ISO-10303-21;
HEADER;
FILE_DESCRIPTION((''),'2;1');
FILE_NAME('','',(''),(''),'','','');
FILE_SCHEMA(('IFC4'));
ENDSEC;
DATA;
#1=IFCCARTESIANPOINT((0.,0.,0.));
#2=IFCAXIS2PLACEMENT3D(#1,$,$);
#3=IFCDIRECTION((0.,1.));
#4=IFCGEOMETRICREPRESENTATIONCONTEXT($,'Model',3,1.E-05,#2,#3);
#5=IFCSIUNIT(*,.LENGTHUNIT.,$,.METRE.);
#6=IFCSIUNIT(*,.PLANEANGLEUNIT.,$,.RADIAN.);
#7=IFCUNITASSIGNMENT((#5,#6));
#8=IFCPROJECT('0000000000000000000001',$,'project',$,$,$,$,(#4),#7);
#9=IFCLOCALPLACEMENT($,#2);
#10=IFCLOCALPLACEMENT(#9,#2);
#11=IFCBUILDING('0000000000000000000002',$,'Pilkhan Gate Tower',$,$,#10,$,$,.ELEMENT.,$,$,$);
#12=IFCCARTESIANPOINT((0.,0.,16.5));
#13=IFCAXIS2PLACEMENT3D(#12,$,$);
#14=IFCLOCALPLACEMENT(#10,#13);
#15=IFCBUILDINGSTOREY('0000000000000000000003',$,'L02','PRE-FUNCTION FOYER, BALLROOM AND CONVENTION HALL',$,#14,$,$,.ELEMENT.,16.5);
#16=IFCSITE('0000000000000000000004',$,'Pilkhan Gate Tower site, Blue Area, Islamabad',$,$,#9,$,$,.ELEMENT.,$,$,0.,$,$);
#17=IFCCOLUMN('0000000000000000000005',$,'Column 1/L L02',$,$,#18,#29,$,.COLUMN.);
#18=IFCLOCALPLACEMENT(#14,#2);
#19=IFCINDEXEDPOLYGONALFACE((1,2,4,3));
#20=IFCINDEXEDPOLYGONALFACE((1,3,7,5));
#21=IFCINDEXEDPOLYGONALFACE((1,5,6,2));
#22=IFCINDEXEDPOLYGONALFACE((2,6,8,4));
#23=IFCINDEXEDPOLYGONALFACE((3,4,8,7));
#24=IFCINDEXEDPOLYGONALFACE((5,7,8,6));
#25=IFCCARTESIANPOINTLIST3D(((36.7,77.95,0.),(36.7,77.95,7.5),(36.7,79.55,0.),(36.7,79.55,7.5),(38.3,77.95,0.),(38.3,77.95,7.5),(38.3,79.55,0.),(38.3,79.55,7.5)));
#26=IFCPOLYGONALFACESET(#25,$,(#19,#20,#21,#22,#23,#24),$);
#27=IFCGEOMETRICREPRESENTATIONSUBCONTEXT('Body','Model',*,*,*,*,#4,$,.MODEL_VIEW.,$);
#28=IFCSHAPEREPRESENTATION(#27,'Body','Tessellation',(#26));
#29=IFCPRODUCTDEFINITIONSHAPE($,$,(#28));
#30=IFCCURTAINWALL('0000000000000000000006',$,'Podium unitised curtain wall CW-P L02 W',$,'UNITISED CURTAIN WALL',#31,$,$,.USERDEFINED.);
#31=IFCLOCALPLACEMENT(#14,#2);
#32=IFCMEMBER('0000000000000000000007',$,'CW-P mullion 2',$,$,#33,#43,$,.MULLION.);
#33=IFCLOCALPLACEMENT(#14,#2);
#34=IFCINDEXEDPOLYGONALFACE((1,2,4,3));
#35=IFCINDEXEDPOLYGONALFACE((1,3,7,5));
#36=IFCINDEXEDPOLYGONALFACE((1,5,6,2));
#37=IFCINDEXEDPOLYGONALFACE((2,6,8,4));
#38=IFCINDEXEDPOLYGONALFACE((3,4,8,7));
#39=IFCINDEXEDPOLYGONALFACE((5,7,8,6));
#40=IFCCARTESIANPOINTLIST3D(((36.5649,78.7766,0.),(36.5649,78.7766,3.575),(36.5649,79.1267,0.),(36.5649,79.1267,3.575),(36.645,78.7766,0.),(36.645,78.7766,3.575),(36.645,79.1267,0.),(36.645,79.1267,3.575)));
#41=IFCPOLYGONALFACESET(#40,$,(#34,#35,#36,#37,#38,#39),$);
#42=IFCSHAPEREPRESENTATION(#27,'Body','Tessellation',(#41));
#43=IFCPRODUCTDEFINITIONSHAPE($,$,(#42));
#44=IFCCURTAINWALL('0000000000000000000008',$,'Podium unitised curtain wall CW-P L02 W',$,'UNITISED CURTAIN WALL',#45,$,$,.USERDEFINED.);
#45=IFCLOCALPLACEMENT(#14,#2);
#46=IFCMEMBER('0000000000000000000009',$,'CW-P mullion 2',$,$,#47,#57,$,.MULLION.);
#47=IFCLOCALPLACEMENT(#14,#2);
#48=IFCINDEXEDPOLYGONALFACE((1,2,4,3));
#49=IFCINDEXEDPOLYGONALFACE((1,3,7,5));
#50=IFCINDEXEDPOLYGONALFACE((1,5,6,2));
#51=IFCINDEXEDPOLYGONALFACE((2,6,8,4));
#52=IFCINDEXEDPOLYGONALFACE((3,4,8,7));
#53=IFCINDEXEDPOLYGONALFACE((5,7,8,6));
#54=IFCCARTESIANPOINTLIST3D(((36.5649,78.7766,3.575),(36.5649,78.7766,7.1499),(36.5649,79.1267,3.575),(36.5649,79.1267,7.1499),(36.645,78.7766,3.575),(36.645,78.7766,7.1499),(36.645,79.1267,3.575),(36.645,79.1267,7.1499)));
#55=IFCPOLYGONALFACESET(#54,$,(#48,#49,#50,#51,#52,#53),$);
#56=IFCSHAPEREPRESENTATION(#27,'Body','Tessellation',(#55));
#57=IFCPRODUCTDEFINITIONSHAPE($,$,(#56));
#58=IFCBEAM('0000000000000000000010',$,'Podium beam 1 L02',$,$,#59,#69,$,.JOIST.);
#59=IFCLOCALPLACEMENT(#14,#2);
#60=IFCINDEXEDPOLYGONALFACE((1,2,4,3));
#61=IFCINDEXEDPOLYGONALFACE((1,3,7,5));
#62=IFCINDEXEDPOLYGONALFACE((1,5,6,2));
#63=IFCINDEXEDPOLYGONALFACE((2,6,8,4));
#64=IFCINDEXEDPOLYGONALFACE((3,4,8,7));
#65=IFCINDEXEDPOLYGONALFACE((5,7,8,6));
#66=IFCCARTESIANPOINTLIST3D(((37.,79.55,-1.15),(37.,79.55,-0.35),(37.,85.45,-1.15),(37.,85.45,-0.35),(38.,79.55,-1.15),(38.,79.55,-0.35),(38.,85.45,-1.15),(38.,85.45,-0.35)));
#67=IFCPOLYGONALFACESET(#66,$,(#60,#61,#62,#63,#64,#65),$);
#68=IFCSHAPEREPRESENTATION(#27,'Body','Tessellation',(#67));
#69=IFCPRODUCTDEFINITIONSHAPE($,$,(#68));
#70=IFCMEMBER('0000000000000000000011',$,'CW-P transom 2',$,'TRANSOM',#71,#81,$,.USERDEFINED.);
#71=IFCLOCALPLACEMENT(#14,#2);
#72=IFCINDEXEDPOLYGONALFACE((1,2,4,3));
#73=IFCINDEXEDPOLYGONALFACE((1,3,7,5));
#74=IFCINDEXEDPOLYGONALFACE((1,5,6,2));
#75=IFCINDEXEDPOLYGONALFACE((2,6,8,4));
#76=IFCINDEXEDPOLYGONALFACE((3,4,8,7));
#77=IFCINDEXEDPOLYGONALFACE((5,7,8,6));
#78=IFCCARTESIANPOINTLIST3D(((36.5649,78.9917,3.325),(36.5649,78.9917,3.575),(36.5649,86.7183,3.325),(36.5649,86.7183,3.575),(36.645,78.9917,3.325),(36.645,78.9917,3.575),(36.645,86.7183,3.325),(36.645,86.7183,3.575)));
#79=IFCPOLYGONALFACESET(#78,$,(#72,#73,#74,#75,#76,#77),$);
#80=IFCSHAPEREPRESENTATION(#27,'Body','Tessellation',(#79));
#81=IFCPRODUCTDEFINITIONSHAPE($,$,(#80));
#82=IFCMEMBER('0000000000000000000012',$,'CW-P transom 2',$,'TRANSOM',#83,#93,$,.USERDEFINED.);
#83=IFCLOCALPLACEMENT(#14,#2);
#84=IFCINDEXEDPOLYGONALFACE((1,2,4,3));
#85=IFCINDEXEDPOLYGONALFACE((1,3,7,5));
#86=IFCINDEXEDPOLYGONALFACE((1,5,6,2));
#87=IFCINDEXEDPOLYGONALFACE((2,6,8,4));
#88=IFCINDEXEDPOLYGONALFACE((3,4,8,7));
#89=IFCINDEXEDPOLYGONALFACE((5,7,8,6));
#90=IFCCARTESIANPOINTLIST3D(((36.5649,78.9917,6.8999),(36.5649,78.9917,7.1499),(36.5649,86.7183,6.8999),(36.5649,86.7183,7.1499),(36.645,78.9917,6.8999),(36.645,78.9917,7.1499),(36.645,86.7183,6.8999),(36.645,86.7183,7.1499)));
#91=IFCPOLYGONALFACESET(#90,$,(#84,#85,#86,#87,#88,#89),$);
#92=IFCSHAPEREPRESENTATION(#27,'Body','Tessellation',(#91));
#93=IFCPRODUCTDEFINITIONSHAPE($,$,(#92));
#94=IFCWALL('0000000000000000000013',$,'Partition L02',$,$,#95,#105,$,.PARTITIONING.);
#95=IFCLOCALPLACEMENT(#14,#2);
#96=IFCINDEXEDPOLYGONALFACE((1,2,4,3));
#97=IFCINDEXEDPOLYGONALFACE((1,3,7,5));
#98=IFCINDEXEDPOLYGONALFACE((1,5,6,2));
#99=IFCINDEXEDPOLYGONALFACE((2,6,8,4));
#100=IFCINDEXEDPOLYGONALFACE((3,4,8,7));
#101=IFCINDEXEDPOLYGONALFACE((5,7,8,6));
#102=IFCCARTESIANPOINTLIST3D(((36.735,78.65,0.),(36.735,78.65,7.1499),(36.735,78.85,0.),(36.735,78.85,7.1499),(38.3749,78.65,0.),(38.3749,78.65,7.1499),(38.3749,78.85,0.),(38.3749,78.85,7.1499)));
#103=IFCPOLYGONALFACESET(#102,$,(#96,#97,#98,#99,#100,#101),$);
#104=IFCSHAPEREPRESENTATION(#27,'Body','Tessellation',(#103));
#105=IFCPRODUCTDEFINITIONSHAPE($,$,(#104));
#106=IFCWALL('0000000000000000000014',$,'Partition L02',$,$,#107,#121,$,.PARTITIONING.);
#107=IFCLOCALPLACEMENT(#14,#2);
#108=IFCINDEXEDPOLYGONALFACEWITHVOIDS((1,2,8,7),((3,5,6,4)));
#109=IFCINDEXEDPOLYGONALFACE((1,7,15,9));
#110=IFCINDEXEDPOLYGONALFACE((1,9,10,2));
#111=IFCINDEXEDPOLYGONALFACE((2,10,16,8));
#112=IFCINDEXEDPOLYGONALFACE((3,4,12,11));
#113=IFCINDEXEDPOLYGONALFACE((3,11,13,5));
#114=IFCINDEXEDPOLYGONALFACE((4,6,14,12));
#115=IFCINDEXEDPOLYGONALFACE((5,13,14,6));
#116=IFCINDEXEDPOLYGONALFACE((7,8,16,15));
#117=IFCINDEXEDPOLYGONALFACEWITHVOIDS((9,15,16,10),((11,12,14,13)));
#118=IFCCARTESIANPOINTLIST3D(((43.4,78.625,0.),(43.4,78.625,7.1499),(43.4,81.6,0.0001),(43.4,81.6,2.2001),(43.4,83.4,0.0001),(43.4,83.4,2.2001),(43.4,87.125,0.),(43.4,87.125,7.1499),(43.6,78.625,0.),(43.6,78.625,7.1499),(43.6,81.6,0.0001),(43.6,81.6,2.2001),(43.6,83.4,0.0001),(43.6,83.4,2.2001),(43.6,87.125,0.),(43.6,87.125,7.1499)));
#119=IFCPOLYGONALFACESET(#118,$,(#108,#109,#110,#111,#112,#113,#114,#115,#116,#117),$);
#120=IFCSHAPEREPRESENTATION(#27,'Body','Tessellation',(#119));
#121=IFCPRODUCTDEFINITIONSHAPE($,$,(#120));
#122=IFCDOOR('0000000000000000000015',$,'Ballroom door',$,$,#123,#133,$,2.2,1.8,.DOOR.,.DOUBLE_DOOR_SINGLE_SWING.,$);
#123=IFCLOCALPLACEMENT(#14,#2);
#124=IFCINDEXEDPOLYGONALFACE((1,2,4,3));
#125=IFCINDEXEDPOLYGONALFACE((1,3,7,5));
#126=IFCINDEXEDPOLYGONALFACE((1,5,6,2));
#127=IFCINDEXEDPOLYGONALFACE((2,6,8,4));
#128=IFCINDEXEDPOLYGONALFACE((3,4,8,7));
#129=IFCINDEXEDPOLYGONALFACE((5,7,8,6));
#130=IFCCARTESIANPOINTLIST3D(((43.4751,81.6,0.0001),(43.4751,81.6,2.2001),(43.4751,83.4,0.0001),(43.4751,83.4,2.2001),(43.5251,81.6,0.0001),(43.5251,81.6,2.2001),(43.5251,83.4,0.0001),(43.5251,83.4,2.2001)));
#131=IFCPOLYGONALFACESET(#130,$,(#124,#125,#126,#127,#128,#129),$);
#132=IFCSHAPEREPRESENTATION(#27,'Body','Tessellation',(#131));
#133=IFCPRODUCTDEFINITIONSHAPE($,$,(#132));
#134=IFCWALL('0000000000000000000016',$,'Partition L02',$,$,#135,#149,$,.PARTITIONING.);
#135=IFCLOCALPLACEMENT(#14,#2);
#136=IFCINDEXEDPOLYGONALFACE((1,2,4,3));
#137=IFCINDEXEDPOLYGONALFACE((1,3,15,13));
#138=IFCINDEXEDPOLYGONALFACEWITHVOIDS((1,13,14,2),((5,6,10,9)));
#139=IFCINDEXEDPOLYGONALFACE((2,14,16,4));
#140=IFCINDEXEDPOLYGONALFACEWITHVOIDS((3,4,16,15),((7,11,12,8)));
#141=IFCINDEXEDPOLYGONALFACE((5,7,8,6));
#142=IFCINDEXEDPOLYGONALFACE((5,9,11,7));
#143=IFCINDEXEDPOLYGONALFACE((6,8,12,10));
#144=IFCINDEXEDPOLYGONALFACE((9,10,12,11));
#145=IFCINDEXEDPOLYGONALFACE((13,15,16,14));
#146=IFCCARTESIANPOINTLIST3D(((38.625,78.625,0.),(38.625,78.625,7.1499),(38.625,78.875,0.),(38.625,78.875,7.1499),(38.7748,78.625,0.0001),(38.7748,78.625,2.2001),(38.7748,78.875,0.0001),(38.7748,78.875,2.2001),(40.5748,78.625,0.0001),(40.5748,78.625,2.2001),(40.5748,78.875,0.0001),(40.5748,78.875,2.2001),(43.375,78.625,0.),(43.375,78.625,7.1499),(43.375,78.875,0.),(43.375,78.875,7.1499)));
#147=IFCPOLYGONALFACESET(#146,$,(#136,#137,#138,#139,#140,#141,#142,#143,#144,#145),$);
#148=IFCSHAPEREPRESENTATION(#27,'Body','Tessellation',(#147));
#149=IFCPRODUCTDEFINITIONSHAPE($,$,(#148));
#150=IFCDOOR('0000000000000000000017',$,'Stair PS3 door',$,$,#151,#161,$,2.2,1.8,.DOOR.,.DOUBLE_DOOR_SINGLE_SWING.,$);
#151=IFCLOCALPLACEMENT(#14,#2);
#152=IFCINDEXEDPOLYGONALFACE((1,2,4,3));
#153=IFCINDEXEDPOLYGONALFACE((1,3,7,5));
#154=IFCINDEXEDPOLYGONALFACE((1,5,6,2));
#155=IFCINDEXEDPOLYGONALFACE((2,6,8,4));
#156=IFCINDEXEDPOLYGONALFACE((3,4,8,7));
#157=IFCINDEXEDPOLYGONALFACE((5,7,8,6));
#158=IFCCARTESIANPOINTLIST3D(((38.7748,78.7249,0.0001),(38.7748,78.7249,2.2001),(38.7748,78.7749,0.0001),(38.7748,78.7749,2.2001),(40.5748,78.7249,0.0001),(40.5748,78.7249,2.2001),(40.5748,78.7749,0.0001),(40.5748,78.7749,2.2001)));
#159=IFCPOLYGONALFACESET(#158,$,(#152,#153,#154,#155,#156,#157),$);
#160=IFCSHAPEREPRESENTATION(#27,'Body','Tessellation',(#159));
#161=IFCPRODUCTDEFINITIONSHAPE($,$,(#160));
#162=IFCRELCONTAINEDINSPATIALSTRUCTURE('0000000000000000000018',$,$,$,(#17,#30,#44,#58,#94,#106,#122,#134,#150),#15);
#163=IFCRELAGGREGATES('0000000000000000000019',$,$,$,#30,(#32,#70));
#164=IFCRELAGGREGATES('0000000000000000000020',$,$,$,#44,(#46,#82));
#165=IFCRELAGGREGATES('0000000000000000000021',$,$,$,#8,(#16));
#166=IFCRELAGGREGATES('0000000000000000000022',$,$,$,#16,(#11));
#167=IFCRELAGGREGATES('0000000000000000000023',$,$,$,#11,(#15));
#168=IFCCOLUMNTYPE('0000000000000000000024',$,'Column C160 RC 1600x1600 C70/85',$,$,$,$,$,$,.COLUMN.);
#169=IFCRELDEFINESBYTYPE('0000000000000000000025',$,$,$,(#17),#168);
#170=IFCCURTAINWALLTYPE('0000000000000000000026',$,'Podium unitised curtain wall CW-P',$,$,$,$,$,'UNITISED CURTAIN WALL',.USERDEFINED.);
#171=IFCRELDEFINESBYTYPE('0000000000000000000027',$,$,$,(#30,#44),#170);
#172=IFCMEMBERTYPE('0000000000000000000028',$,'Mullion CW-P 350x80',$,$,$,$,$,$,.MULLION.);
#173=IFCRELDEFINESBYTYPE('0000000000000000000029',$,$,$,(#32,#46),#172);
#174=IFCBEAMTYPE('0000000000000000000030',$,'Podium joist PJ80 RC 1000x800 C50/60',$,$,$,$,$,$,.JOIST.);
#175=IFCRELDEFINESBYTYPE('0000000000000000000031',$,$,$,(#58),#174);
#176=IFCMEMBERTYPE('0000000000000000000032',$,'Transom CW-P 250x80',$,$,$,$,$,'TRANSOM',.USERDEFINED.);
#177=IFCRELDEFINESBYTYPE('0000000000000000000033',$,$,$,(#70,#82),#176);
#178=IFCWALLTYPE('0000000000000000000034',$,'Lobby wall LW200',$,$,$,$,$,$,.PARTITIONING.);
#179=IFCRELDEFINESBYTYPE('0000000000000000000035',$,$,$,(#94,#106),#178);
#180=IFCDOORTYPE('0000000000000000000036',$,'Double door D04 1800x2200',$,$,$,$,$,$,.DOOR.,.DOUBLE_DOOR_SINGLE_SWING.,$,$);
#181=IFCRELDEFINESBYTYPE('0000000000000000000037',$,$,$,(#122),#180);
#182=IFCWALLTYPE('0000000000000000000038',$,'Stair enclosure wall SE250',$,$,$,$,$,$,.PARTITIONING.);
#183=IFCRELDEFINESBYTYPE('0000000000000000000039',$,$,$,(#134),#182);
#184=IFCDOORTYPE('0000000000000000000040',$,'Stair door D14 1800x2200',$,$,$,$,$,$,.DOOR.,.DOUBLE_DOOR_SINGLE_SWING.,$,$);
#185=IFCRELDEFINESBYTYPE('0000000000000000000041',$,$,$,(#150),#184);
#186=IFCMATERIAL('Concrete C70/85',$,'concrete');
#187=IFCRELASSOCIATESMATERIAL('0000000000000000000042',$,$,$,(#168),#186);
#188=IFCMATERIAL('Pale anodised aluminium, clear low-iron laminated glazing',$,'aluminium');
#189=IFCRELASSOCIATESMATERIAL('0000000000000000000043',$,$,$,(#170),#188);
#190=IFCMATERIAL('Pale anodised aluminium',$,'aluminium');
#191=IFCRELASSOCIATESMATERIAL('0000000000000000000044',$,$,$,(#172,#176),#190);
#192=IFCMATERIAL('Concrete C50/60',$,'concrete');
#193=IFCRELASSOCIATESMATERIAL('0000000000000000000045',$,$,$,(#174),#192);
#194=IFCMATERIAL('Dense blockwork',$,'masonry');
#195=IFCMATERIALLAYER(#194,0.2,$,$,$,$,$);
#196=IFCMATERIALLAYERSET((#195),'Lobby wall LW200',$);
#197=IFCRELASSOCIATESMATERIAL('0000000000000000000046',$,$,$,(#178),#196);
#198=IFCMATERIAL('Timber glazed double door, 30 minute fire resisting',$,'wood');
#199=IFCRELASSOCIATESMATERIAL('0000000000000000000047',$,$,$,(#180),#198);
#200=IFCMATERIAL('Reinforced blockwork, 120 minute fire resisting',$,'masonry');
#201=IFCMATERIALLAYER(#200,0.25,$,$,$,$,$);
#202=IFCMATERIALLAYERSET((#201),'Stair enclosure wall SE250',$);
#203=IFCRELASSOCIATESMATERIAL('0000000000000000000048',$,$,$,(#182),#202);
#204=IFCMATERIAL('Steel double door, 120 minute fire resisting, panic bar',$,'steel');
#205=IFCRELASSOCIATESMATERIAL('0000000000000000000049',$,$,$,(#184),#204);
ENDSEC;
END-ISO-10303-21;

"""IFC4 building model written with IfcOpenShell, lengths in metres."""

from ifc_helpers import new_model, si_unit, direction, frame, frame_2d, origin, origin_2d, place, context, subcontext, project, spatial, rectangle, extrude, material, layer, layer_set, material_profile, profile_set, type_object, element, fill, aggregate, save


model = new_model("IFC4")

# Units and contexts
model_context = context("Model", 3, precision=1e-05, world=origin(), true_north=direction((0.0, 1.0)))
body_context = subcontext(model_context, "Body", "Model", "MODEL_VIEW")
ifc_project = project(units=[si_unit("LENGTHUNIT", "METRE"), si_unit("PLANEANGLEUNIT", "RADIAN")], contexts=[model_context])

# Site, building, storey
site_placement = place(None, origin())
site = spatial("IfcSite", under=ifc_project, at=site_placement, Name="Pilkhan Gate Tower site, Blue Area, Islamabad", CompositionType="ELEMENT", RefElevation=0.0)
building_placement = place(site_placement, origin())
building = spatial("IfcBuilding", under=site, at=building_placement, Name="Pilkhan Gate Tower", CompositionType="ELEMENT")
storey_placement = place(building_placement, frame((0.0, 0.0, 16.5)))
storey = spatial("IfcBuildingStorey", under=building, at=storey_placement, Name="L02", Description="PRE-FUNCTION FOYER, BALLROOM AND CONVENTION HALL", CompositionType="ELEMENT", Elevation=16.5)

# Column
ifc_material_1 = material(Name="Concrete C70/85", Category="concrete")
ifc_material_profile_1 = material_profile(ifc_material_1, rectangle(XDim=1.6001, YDim=1.6001, at=origin_2d()), Name="RC 1600x1600")
ifc_profile_set_1 = profile_set([ifc_material_profile_1], Name="Concrete C70/85")
column_type = type_object("IfcColumnType", Name="Column C160 RC 1600x1600 C70/85", PredefinedType="COLUMN", material=ifc_profile_set_1)
column_placement = place(storey_placement, frame((37.5, 78.75, 0.0), z_axis=(0.0, 0.0, 1.0), x_axis=(1.0, 0.0, 0.0)))
element("IfcColumn", 1, at=column_placement, inside=storey, type_object=column_type, Name="Column 1/L L02", PredefinedType="COLUMN", context=body_context, shape_type="SweptSolid", body=[
    extrude(rectangle(XDim=1.6001, YDim=1.6001, at=origin_2d()), origin(), (0.0, 0.0, 1.0), 7.5),
])

# Curtain walls, members
ifc_material_2 = material(Name="Pale anodised aluminium, clear low-iron laminated glazing", Category="aluminium")
curtain_wall_type = type_object("IfcCurtainWallType", Name="Podium unitised curtain wall CW-P", ElementType="UNITISED CURTAIN WALL", PredefinedType="USERDEFINED", material=ifc_material_2)
curtain_wall_1_placement = place(storey_placement, origin())
curtain_wall_1 = element("IfcCurtainWall", 2, at=curtain_wall_1_placement, inside=storey, type_object=curtain_wall_type, Name="Podium unitised curtain wall CW-P L02 W", ObjectType="UNITISED CURTAIN WALL", PredefinedType="USERDEFINED")
ifc_material_3 = material(Name="Pale anodised aluminium", Category="aluminium")
ifc_material_profile_2 = material_profile(ifc_material_3, rectangle(XDim=0.0801, YDim=0.3501, at=origin_2d()), Name="Mullion 350x80")
ifc_profile_set_2 = profile_set([ifc_material_profile_2], Name="Pale anodised aluminium")
member_type_1 = type_object("IfcMemberType", Name="Mullion CW-P 350x80", PredefinedType="MULLION", material=ifc_profile_set_2)
member_1_placement = place(storey_placement, frame((36.605, 78.9517, 0.0), z_axis=(0.0, 0.0, 1.0), x_axis=(-1.0, 0.0, 0.0)))
member_1 = element("IfcMember", 3, at=member_1_placement, type_object=member_type_1, Name="CW-P mullion 2", PredefinedType="MULLION", context=body_context, shape_type="SweptSolid", body=[
    extrude(rectangle(XDim=0.0801, YDim=0.3501, at=origin_2d()), origin(), (0.0, 0.0, 1.0), 3.575),
])
curtain_wall_2_placement = place(storey_placement, origin())
curtain_wall_2 = element("IfcCurtainWall", 4, at=curtain_wall_2_placement, inside=storey, type_object=curtain_wall_type, Name="Podium unitised curtain wall CW-P L02 W", ObjectType="UNITISED CURTAIN WALL", PredefinedType="USERDEFINED")
member_2_placement = place(storey_placement, frame((36.605, 78.9517, 3.575), z_axis=(0.0, 0.0, 1.0), x_axis=(-1.0, 0.0, 0.0)))
member_2 = element("IfcMember", 5, at=member_2_placement, type_object=member_type_1, Name="CW-P mullion 2", PredefinedType="MULLION", context=body_context, shape_type="SweptSolid", body=[
    extrude(rectangle(XDim=0.0801, YDim=0.3501, at=origin_2d()), origin(), (0.0, 0.0, 1.0), 3.575),
])

# Beam
ifc_material_4 = material(Name="Concrete C50/60", Category="concrete")
ifc_material_profile_3 = material_profile(ifc_material_4, rectangle(XDim=1.0, YDim=0.8, at=origin_2d()), Name="RC 1000x800")
ifc_profile_set_3 = profile_set([ifc_material_profile_3], Name="Concrete C50/60")
beam_type = type_object("IfcBeamType", Name="Podium joist PJ80 RC 1000x800 C50/60", PredefinedType="JOIST", material=ifc_profile_set_3)
beam_placement = place(storey_placement, frame((37.5, 79.55, -0.75), z_axis=(0.0, 1.0, 0.0), x_axis=(-1.0, 0.0, 0.0)))
element("IfcBeam", 6, at=beam_placement, inside=storey, type_object=beam_type, Name="Podium beam 1 L02", PredefinedType="JOIST", context=body_context, shape_type="SweptSolid", body=[
    extrude(rectangle(XDim=1.0, YDim=0.8, at=origin_2d()), origin(), (0.0, 0.0, 1.0), 5.8999),
])

# Members
ifc_material_profile_4 = material_profile(ifc_material_3, rectangle(XDim=0.0801, YDim=0.25, at=origin_2d()), Name="Transom 250x80")
ifc_profile_set_4 = profile_set([ifc_material_profile_4], Name="Pale anodised aluminium")
member_type_2 = type_object("IfcMemberType", Name="Transom CW-P 250x80", ElementType="TRANSOM", PredefinedType="USERDEFINED", material=ifc_profile_set_4)
member_3_placement = place(storey_placement, frame((36.605, 78.9917, 3.45), z_axis=(0.0, 1.0, 0.0), x_axis=(-1.0, 0.0, 0.0)))
member_3 = element("IfcMember", 7, at=member_3_placement, type_object=member_type_2, Name="CW-P transom 2", ObjectType="TRANSOM", PredefinedType="USERDEFINED", context=body_context, shape_type="SweptSolid", body=[
    extrude(rectangle(XDim=0.0801, YDim=0.25, at=origin_2d()), origin(), (0.0, 0.0, 1.0), 7.7266),
])
aggregate(curtain_wall_1, [member_1, member_3])
member_4_placement = place(storey_placement, frame((36.605, 78.9917, 7.0249), z_axis=(0.0, 1.0, 0.0), x_axis=(-1.0, 0.0, 0.0)))
member_4 = element("IfcMember", 8, at=member_4_placement, type_object=member_type_2, Name="CW-P transom 2", ObjectType="TRANSOM", PredefinedType="USERDEFINED", context=body_context, shape_type="SweptSolid", body=[
    extrude(rectangle(XDim=0.0801, YDim=0.25, at=origin_2d()), origin(), (0.0, 0.0, 1.0), 7.7266),
])
aggregate(curtain_wall_2, [member_2, member_4])

# Wall
ifc_material_5 = material(Name="Dense blockwork", Category="masonry")
ifc_layer_1 = layer(ifc_material_5, 0.2)
ifc_layer_set_1 = layer_set([ifc_layer_1], Name="Lobby wall LW200")
wall_type_1 = type_object("IfcWallType", Name="Lobby wall LW200", PredefinedType="PARTITIONING", material=ifc_layer_set_1)
wall_1_placement = place(storey_placement, frame((36.7351, 78.75, 0.0), z_axis=(0.0, 0.0, 1.0), x_axis=(1.0, 0.0, 0.0)))
element("IfcWall", 9, at=wall_1_placement, inside=storey, type_object=wall_type_1, Name="Partition L02", PredefinedType="PARTITIONING", context=body_context, shape_type="SweptSolid", body=[
    extrude(rectangle(XDim=1.6399, YDim=0.2, at=frame_2d((0.8198, 0.0))), origin(), (0.0, 0.0, 1.0), 7.1499),
])

# Walls, openings, doors
wall_2_placement = place(storey_placement, frame((43.5, 78.625, 0.0), z_axis=(0.0, 0.0, 1.0), x_axis=(0.0, 1.0, 0.0)))
wall_2 = element("IfcWall", 10, at=wall_2_placement, inside=storey, type_object=wall_type_1, Name="Partition L02", PredefinedType="PARTITIONING", context=body_context, shape_type="SweptSolid", body=[
    extrude(rectangle(XDim=8.5, YDim=0.2, at=frame_2d((4.25, 0.0))), origin(), (0.0, 0.0, 1.0), 7.1499),
])
opening_1_placement = place(wall_2_placement, frame((2.9751, 0.0, 0.0)))
opening_1 = element("IfcOpeningElement", 11, at=opening_1_placement, cuts=wall_2, PredefinedType="OPENING", context=body_context, shape_type="SweptSolid", body=[
    extrude(rectangle(XDim=1.8, YDim=2.2, at=frame_2d((0.8999, 1.1001))), frame((0.0, 0.1099, 0.0), z_axis=(0.0, -1.0, 0.0), x_axis=(1.0, 0.0, 0.0)), (0.0, 0.0, 1.0), 0.22),
])
ifc_material_6 = material(Name="Timber glazed double door, 30 minute fire resisting", Category="wood")
door_type_1 = type_object("IfcDoorType", Name="Double door D04 1800x2200", OperationType="DOUBLE_DOOR_SINGLE_SWING", PredefinedType="DOOR", material=ifc_material_6)
door_1_placement = place(opening_1_placement, origin())
door_1 = element("IfcDoor", 12, at=door_1_placement, inside=storey, type_object=door_type_1, Name="Ballroom door", OperationType="DOUBLE_DOOR_SINGLE_SWING", OverallHeight=2.2, OverallWidth=1.8, PredefinedType="DOOR", context=body_context, shape_type="SweptSolid", body=[
    extrude(rectangle(XDim=1.8, YDim=2.2, at=frame_2d((0.8999, 1.1001))), frame((0.0, 0.0249, 0.0), z_axis=(0.0, -1.0, 0.0), x_axis=(1.0, 0.0, 0.0)), (0.0, 0.0, 1.0), 0.05),
])
fill(opening_1, door_1)
ifc_material_7 = material(Name="Reinforced blockwork, 120 minute fire resisting", Category="masonry")
ifc_layer_2 = layer(ifc_material_7, 0.25)
ifc_layer_set_2 = layer_set([ifc_layer_2], Name="Stair enclosure wall SE250")
wall_type_2 = type_object("IfcWallType", Name="Stair enclosure wall SE250", PredefinedType="PARTITIONING", material=ifc_layer_set_2)
wall_3_placement = place(storey_placement, frame((38.625, 78.75, 0.0), z_axis=(0.0, 0.0, 1.0), x_axis=(1.0, 0.0, 0.0)))
wall_3 = element("IfcWall", 13, at=wall_3_placement, inside=storey, type_object=wall_type_2, Name="Partition L02", PredefinedType="PARTITIONING", context=body_context, shape_type="SweptSolid", body=[
    extrude(rectangle(XDim=4.75, YDim=0.25, at=frame_2d((2.375, 0.0))), origin(), (0.0, 0.0, 1.0), 7.1499),
])
opening_2_placement = place(wall_3_placement, frame((0.1499, 0.0, 0.0)))
opening_2 = element("IfcOpeningElement", 14, at=opening_2_placement, cuts=wall_3, PredefinedType="OPENING", context=body_context, shape_type="SweptSolid", body=[
    extrude(rectangle(XDim=1.8, YDim=2.2, at=frame_2d((0.8999, 1.1001))), frame((0.0, 0.135, 0.0), z_axis=(0.0, -1.0, 0.0), x_axis=(1.0, 0.0, 0.0)), (0.0, 0.0, 1.0), 0.27),
])
ifc_material_8 = material(Name="Steel double door, 120 minute fire resisting, panic bar", Category="steel")
door_type_2 = type_object("IfcDoorType", Name="Stair door D14 1800x2200", OperationType="DOUBLE_DOOR_SINGLE_SWING", PredefinedType="DOOR", material=ifc_material_8)
door_2_placement = place(opening_2_placement, origin())
door_2 = element("IfcDoor", 15, at=door_2_placement, inside=storey, type_object=door_type_2, Name="Stair PS3 door", OperationType="DOUBLE_DOOR_SINGLE_SWING", OverallHeight=2.2, OverallWidth=1.8, PredefinedType="DOOR", context=body_context, shape_type="SweptSolid", body=[
    extrude(rectangle(XDim=1.8, YDim=2.2, at=frame_2d((0.8999, 1.1001))), frame((0.0, 0.0249, 0.0), z_axis=(0.0, -1.0, 0.0), x_axis=(1.0, 0.0, 0.0)), (0.0, 0.0, 1.0), 0.05),
])
fill(opening_2, door_2)

save(model, "model.ifc")
